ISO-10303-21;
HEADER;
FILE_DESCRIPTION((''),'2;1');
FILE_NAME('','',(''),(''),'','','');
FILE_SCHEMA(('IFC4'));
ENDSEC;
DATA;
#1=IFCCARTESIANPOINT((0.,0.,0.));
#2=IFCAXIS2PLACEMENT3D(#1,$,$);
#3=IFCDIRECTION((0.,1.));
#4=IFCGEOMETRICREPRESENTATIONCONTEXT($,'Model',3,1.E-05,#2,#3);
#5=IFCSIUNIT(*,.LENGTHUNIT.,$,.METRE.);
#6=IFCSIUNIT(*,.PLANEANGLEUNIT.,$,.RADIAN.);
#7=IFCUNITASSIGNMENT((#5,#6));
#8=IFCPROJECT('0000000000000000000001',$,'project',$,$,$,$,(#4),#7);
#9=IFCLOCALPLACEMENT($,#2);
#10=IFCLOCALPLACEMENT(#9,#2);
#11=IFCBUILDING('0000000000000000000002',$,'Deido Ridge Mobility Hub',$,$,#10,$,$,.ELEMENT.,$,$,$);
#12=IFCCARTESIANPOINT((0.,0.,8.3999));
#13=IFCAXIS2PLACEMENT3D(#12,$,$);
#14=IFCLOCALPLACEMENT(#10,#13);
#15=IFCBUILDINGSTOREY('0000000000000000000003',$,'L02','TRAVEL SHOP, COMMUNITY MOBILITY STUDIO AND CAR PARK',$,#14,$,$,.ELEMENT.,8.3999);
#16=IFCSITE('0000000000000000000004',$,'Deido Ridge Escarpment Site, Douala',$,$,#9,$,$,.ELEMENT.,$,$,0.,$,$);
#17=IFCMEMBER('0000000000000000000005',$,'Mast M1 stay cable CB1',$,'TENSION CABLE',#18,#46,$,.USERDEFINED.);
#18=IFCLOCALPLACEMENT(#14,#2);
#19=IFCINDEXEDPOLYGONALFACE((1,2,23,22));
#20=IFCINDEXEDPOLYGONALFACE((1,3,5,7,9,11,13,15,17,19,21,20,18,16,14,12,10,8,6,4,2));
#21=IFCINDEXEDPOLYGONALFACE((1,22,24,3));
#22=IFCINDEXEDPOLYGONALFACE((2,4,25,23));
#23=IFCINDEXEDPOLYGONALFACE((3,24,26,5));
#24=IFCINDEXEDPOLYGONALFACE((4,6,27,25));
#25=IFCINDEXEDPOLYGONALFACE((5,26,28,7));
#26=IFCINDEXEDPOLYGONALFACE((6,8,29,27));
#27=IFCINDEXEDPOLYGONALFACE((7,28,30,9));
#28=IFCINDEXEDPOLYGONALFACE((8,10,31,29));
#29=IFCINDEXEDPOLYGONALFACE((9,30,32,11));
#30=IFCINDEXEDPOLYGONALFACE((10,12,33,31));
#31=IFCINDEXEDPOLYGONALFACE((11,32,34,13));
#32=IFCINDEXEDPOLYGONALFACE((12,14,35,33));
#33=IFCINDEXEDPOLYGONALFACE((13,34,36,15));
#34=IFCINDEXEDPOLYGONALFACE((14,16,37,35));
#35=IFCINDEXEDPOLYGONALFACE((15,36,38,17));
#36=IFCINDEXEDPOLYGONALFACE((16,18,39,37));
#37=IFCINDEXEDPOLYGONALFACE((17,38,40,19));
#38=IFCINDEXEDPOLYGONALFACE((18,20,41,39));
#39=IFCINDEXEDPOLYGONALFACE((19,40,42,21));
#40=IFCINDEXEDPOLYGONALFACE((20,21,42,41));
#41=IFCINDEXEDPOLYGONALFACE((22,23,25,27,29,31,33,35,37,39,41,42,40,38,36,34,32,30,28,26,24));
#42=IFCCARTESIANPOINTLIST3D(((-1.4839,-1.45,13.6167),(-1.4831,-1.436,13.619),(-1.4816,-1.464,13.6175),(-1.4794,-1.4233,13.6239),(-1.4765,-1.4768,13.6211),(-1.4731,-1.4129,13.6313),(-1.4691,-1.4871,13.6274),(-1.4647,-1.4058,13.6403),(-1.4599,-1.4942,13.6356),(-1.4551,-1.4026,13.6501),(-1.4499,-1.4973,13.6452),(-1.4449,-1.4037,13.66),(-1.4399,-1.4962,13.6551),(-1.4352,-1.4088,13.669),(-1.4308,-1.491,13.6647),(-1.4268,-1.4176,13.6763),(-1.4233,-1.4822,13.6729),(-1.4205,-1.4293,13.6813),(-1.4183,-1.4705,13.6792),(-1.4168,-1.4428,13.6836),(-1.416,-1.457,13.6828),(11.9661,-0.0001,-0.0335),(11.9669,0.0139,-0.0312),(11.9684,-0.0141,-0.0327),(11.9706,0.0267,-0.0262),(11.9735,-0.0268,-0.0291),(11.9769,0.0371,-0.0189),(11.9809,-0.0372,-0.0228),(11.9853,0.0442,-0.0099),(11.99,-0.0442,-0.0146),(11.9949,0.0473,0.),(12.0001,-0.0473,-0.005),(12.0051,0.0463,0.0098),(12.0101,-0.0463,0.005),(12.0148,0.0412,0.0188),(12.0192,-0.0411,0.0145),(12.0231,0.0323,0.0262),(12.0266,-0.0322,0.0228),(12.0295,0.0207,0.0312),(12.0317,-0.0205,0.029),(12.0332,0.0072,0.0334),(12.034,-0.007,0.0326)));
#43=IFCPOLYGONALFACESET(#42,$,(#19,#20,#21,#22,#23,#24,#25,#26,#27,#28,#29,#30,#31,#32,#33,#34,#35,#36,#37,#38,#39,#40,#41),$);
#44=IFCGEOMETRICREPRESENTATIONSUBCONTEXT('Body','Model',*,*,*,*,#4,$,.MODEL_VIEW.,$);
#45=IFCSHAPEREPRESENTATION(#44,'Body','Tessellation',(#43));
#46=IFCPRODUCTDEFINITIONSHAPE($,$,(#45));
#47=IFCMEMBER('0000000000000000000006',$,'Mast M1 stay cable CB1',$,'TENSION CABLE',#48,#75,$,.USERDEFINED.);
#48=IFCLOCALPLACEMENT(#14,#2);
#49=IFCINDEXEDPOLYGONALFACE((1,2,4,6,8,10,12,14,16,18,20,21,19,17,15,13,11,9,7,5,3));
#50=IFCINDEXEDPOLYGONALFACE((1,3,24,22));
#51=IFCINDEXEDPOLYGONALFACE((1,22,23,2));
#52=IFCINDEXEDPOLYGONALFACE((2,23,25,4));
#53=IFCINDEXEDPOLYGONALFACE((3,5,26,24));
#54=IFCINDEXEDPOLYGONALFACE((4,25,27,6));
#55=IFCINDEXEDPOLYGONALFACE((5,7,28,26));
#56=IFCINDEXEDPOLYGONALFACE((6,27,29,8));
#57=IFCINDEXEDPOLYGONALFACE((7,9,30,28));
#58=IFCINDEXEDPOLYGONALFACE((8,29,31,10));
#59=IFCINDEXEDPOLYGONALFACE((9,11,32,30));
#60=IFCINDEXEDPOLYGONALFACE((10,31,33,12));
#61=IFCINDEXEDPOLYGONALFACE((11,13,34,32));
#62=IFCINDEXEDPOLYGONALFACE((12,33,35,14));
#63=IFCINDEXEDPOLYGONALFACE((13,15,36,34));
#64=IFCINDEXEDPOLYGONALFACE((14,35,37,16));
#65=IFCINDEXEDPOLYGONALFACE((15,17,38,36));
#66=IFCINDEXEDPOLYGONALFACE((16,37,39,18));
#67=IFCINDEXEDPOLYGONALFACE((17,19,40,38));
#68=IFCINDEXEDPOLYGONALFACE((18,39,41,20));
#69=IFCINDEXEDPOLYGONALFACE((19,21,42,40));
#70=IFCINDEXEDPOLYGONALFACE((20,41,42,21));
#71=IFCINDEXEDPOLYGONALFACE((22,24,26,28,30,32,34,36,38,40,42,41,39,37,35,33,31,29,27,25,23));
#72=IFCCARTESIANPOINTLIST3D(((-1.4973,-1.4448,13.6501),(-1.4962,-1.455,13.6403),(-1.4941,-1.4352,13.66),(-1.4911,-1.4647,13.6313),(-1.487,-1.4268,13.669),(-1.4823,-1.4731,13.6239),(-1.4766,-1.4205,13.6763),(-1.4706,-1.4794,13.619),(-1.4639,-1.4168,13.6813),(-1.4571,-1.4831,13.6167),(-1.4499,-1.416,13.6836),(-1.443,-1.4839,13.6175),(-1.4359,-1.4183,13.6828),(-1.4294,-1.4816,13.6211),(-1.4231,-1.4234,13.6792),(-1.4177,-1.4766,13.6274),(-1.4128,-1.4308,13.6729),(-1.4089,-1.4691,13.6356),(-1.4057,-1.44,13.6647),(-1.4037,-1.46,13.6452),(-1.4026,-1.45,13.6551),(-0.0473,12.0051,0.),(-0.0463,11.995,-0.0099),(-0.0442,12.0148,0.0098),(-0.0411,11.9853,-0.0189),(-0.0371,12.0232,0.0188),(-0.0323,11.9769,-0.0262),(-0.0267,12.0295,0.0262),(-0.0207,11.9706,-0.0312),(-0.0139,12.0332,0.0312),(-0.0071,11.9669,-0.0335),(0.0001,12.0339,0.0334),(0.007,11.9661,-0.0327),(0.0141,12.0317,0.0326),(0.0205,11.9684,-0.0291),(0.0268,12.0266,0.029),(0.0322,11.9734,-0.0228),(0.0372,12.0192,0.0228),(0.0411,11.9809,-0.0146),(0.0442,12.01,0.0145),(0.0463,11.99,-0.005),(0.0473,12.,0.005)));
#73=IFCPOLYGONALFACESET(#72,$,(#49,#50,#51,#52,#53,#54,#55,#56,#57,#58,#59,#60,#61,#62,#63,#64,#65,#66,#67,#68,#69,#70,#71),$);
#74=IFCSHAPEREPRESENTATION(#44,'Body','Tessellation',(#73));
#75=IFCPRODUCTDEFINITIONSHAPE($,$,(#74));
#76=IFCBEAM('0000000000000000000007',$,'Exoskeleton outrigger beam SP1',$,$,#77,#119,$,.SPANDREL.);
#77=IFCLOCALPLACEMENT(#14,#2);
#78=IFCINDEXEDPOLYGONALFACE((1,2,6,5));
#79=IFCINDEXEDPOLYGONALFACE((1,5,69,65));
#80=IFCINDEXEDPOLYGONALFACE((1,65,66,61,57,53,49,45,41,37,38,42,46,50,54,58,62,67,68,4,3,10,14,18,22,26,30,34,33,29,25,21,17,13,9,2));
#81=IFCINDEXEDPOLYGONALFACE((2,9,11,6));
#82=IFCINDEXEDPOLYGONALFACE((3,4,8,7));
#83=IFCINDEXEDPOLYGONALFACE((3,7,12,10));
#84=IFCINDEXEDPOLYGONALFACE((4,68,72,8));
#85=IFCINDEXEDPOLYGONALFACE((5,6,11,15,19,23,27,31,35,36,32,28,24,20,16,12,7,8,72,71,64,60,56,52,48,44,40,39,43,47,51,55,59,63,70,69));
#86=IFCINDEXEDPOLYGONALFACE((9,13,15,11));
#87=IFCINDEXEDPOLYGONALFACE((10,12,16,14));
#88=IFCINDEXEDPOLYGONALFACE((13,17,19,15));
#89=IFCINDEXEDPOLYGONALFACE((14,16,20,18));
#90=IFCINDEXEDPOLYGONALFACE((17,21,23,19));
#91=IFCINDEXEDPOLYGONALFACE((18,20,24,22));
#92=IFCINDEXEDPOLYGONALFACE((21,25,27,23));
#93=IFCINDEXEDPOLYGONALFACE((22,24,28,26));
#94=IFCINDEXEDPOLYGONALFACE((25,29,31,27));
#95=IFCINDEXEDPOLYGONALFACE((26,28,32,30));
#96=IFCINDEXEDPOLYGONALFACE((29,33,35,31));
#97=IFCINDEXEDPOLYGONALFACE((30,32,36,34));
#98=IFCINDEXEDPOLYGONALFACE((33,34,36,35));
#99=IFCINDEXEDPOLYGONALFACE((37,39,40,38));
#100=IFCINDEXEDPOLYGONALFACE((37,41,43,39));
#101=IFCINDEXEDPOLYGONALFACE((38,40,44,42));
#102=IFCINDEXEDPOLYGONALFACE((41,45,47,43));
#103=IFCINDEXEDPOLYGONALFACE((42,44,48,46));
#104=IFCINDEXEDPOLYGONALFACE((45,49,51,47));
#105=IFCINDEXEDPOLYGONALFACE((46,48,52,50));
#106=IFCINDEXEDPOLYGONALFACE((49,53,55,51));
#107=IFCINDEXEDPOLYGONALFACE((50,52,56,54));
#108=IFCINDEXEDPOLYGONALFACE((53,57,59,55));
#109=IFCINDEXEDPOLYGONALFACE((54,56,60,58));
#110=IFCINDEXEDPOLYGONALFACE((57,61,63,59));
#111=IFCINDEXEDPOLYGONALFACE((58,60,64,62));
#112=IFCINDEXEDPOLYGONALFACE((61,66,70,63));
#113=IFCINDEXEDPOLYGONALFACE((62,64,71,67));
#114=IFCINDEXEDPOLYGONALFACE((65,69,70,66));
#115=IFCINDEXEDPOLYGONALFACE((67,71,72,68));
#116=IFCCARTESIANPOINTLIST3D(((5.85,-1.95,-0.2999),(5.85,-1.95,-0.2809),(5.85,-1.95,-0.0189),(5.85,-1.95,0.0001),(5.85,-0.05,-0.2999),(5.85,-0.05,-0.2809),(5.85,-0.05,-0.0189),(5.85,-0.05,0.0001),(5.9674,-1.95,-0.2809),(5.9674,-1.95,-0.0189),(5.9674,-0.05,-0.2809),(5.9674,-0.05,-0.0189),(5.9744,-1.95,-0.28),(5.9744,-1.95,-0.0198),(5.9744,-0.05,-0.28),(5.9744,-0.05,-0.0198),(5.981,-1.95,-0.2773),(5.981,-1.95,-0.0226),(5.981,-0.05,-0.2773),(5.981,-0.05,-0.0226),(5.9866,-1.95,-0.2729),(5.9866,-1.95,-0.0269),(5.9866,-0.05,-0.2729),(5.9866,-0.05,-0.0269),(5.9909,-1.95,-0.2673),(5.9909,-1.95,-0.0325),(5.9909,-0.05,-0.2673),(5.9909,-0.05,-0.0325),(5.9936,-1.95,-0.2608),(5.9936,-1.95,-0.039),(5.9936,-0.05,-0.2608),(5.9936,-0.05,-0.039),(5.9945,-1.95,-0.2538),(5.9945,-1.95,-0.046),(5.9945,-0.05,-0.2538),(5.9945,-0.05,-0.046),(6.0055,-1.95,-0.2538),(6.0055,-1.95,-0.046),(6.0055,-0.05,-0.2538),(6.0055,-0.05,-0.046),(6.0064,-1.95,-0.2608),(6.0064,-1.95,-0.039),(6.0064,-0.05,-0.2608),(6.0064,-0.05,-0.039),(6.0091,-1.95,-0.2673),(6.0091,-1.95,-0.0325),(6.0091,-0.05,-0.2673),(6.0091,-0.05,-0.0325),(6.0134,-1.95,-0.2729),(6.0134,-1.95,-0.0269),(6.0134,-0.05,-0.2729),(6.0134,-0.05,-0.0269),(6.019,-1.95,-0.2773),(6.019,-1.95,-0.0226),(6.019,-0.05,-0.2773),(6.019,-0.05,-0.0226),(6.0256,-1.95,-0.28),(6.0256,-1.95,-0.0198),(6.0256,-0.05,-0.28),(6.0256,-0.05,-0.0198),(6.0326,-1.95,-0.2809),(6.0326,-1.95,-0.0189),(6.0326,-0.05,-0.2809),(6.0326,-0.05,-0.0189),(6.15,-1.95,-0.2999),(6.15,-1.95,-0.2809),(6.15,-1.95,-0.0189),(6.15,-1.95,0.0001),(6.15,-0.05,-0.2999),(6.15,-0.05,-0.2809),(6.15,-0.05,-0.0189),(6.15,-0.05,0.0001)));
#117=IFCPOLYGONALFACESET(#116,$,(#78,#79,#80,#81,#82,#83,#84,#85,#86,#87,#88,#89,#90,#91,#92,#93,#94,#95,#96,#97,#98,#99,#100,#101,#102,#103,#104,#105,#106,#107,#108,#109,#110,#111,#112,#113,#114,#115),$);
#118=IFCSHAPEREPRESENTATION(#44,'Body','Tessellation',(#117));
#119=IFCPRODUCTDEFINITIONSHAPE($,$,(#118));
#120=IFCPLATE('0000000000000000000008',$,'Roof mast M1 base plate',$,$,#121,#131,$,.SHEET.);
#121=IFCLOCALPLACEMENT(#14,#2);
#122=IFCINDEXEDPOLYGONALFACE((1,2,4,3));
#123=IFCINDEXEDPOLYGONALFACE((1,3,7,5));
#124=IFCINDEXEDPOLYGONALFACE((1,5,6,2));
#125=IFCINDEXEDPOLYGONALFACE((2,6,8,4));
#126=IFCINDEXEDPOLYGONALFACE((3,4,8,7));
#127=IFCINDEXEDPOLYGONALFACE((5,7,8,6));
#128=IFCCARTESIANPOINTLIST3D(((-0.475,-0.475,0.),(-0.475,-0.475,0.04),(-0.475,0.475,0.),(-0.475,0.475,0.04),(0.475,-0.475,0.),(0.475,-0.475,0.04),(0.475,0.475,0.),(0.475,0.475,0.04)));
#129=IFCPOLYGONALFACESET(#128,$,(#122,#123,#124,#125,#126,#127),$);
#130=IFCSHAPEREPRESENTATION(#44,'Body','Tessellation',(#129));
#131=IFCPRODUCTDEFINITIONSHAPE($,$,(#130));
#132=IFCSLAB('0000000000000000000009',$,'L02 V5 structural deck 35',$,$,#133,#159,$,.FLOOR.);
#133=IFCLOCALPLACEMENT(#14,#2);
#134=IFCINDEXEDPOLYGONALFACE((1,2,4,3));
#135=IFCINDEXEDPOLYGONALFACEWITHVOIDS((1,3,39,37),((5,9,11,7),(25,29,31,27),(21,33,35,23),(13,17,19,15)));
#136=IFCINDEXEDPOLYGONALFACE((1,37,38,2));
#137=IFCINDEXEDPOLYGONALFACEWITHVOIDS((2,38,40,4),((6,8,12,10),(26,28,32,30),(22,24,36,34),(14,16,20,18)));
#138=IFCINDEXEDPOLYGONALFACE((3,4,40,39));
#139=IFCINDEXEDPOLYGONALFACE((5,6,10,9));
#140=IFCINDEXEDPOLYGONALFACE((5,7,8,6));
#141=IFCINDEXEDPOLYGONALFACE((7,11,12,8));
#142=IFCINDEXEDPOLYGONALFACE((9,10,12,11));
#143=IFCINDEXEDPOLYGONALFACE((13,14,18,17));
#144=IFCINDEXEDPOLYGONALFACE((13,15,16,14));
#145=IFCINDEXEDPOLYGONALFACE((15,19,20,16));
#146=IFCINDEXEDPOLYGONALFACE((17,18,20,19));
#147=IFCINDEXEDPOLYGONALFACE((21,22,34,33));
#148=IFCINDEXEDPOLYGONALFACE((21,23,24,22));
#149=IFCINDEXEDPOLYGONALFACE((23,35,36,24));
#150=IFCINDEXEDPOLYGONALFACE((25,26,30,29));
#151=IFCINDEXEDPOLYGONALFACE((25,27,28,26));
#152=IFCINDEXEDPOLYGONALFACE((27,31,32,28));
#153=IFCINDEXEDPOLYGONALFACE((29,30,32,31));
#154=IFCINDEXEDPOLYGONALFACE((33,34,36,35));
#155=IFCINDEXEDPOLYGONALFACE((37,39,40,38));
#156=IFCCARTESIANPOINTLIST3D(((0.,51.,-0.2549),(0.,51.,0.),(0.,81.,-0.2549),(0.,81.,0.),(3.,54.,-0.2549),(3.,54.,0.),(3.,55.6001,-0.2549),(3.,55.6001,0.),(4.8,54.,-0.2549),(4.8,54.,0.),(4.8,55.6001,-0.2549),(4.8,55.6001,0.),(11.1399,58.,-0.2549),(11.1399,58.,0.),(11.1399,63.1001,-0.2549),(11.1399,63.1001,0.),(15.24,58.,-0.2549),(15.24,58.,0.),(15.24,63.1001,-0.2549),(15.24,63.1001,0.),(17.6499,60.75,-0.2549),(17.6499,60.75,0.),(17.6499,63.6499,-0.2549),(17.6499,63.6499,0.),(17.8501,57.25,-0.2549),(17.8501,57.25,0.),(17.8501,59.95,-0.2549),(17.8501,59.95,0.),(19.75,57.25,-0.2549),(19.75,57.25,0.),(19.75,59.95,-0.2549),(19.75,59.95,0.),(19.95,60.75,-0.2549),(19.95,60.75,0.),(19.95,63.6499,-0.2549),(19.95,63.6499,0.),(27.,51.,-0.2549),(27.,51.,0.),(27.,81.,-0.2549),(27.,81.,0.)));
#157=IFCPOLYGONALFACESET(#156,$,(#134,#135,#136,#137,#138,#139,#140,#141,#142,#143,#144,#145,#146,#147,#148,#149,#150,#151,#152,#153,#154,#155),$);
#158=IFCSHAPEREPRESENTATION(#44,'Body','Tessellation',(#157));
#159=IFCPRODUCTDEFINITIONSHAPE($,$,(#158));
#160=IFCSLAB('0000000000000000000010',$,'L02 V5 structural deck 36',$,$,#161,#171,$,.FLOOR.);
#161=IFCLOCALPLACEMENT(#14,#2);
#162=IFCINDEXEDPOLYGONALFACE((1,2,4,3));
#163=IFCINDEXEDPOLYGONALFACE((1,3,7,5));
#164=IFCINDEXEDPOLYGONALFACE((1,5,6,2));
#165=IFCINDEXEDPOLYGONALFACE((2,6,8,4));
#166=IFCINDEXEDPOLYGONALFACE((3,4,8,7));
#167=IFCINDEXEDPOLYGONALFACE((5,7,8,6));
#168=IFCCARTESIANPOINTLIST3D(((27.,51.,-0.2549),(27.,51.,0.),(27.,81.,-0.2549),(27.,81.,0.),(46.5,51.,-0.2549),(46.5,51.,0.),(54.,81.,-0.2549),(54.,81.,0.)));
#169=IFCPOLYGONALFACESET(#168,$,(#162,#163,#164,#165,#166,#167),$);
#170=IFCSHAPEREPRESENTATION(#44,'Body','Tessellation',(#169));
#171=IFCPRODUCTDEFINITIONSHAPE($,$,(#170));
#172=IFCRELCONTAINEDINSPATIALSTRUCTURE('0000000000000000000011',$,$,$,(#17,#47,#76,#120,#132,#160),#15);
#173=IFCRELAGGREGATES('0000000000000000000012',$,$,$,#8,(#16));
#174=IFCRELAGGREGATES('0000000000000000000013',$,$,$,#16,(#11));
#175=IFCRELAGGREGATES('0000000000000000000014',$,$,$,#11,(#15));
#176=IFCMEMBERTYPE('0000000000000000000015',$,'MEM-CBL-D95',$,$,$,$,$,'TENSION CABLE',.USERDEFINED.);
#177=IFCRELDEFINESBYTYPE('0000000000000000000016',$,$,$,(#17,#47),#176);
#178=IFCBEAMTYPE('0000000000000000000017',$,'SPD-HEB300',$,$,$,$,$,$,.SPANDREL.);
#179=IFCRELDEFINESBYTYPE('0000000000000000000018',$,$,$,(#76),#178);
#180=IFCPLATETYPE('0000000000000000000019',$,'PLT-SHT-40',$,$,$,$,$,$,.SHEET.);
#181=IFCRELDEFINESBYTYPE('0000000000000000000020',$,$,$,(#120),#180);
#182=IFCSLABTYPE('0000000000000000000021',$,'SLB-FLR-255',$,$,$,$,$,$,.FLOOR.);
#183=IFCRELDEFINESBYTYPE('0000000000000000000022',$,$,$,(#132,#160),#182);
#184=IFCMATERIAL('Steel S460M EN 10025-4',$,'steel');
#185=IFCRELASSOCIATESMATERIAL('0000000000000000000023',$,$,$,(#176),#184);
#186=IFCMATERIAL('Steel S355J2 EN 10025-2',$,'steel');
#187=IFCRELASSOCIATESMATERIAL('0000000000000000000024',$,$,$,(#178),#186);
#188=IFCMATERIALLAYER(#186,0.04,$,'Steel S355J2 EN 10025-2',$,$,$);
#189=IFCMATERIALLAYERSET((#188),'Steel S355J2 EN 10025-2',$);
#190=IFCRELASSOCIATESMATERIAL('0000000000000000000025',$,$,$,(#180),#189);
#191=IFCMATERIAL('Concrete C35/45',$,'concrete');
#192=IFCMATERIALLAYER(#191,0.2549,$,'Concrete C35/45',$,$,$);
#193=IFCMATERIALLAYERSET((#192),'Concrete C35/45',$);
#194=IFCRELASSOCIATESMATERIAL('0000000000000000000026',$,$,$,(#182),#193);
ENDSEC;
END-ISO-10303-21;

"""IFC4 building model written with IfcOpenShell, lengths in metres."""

from ifc_helpers import new_model, si_unit, direction, frame, origin, origin_with_axes, origin_2d, place, context, subcontext, project, spatial, polyline, rectangle, circle, i_section, outline, extrude, material, layer, layer_set, material_profile, profile_set, type_object, element, save


model = new_model("IFC4")

# Units and contexts
model_context = context("Model", 3, precision=1e-05, world=origin(), true_north=direction((0.0, 1.0)))
body_context = subcontext(model_context, "Body", "Model", "MODEL_VIEW")
ifc_project = project(units=[si_unit("LENGTHUNIT", "METRE"), si_unit("PLANEANGLEUNIT", "RADIAN")], contexts=[model_context])

# Site, building, storey
site_placement = place(None, origin())
site = spatial("IfcSite", under=ifc_project, at=site_placement, Name="Deido Ridge Escarpment Site, Douala", CompositionType="ELEMENT", RefElevation=0.0)
building_placement = place(site_placement, origin())
building = spatial("IfcBuilding", under=site, at=building_placement, Name="Deido Ridge Mobility Hub", CompositionType="ELEMENT")
storey_placement = place(building_placement, frame((0.0, 0.0, 8.3999)))
storey = spatial("IfcBuildingStorey", under=building, at=storey_placement, Name="L02", Description="TRAVEL SHOP, COMMUNITY MOBILITY STUDIO AND CAR PARK", CompositionType="ELEMENT", Elevation=8.3999)

# Shared definitions
ifc_material_1 = material(Name="Steel S355J2 EN 10025-2", Category="steel")

# Members
ifc_material_2 = material(Name="Steel S460M EN 10025-4", Category="steel")
ifc_material_profile_1 = material_profile(ifc_material_2, circle(Radius=0.0476, at=origin_2d()), Name="CABLE D95")
ifc_profile_set_1 = profile_set([ifc_material_profile_1], Name="Steel S460M EN 10025-4")
member_type_1 = type_object("IfcMemberType", Name="MEM-CBL-D95", ElementType="TENSION CABLE", PredefinedType="USERDEFINED", material=ifc_profile_set_1)
for number, where, z_axis, x_axis, name in (
    (1, (-1.45, -1.45, 13.6501), (0.699864, 0.075448, -0.710281), (-0.107182, 0.994239, 0.0), "Mast M1 stay cable CB1"),
    (2, (-1.45, -1.45, 13.6501), (0.075448, 0.699864, -0.710281), (-0.994239, 0.107182, 0.0), "Mast M1 stay cable CB1"),
):
    element("IfcMember", number, at=place(storey_placement, frame(where, z_axis=z_axis, x_axis=x_axis)), inside=storey, type_object=member_type_1, Name=name, ObjectType="TENSION CABLE", PredefinedType="USERDEFINED", context=body_context, shape_type="SweptSolid", body=[
        extrude(circle(Radius=0.0476, at=origin_2d()), origin(), (0.0, 0.0, 1.0), 19.218),
    ])

# Beam
ifc_material_profile_2 = material_profile(ifc_material_1, i_section(OverallWidth=0.3, OverallDepth=0.3, WebThickness=0.011, FlangeThickness=0.019, FilletRadius=0.0271, at=origin_2d()), Name="HEB 300")
ifc_profile_set_2 = profile_set([ifc_material_profile_2], Name="Steel S355J2 EN 10025-2")
beam_type_1 = type_object("IfcBeamType", Name="SPD-HEB300", PredefinedType="SPANDREL", material=ifc_profile_set_2)
beam_1_placement = place(storey_placement, frame((6.0, -0.05, -0.1499), z_axis=(0.0, -1.0, 0.0), x_axis=(1.0, 0.0, 0.0)))
element("IfcBeam", 3, at=beam_1_placement, inside=storey, type_object=beam_type_1, Name="Exoskeleton outrigger beam SP1", PredefinedType="SPANDREL", context=body_context, shape_type="SweptSolid", body=[
    extrude(i_section(OverallWidth=0.3, OverallDepth=0.3, WebThickness=0.011, FlangeThickness=0.019, FilletRadius=0.0271, at=origin_2d()), origin(), (0.0, 0.0, 1.0), 1.8999),
])

# Plate
ifc_layer_1 = layer(ifc_material_1, 0.04, Name="Steel S355J2 EN 10025-2")
ifc_layer_set_1 = layer_set([ifc_layer_1], Name="Steel S355J2 EN 10025-2")
plate_type = type_object("IfcPlateType", Name="PLT-SHT-40", PredefinedType="SHEET", material=ifc_layer_set_1)
plate_placement = place(storey_placement, origin_with_axes())
element("IfcPlate", 4, at=plate_placement, inside=storey, type_object=plate_type, Name="Roof mast M1 base plate", PredefinedType="SHEET", context=body_context, shape_type="SweptSolid", body=[
    extrude(rectangle(XDim=0.95, YDim=0.95, at=origin_2d()), origin(), (0.0, 0.0, 1.0), 0.04),
])

# Slabs
ifc_material_3 = material(Name="Concrete C35/45", Category="concrete")
ifc_layer_2 = layer(ifc_material_3, 0.2549, Name="Concrete C35/45")
ifc_layer_set_2 = layer_set([ifc_layer_2], Name="Concrete C35/45")
slab_type_1 = type_object("IfcSlabType", Name="SLB-FLR-255", PredefinedType="FLOOR", material=ifc_layer_set_2)
slab_1_placement = place(storey_placement, frame((0.0, 0.0, -0.2549)))
element("IfcSlab", 5, at=slab_1_placement, inside=storey, type_object=slab_type_1, Name="L02 V5 structural deck 35", PredefinedType="FLOOR", context=body_context, shape_type="SweptSolid", body=[
    extrude(outline(polyline([(0.0, 81.0), (27.0, 81.0), (27.0, 51.0), (0.0, 51.0), (0.0, 81.0)]), holes=[polyline([(3.0, 54.0), (3.0, 55.6001), (4.8, 55.6001), (4.8, 54.0), (3.0, 54.0)]), polyline([(17.8501, 57.25), (17.8501, 59.95), (19.75, 59.95), (19.75, 57.25), (17.8501, 57.25)]), polyline([(11.1399, 58.0), (11.1399, 63.1001), (15.24, 63.1001), (15.24, 58.0), (11.1399, 58.0)]), polyline([(17.6499, 60.75), (17.6499, 63.6499), (19.95, 63.6499), (19.95, 60.75), (17.6499, 60.75)])]), origin(), (0.0, 0.0, 1.0), 0.2549),
])
slab_2_placement = place(storey_placement, frame((0.0, 0.0, -0.2549)))
element("IfcSlab", 6, at=slab_2_placement, inside=storey, type_object=slab_type_1, Name="L02 V5 structural deck 36", PredefinedType="FLOOR", context=body_context, shape_type="SweptSolid", body=[
    extrude(outline(polyline([(46.5, 51.0), (27.0, 51.0), (27.0, 81.0), (54.0, 81.0), (46.5, 51.0)])), origin(), (0.0, 0.0, 1.0), 0.2549),
])

save(model, "model.ifc")
